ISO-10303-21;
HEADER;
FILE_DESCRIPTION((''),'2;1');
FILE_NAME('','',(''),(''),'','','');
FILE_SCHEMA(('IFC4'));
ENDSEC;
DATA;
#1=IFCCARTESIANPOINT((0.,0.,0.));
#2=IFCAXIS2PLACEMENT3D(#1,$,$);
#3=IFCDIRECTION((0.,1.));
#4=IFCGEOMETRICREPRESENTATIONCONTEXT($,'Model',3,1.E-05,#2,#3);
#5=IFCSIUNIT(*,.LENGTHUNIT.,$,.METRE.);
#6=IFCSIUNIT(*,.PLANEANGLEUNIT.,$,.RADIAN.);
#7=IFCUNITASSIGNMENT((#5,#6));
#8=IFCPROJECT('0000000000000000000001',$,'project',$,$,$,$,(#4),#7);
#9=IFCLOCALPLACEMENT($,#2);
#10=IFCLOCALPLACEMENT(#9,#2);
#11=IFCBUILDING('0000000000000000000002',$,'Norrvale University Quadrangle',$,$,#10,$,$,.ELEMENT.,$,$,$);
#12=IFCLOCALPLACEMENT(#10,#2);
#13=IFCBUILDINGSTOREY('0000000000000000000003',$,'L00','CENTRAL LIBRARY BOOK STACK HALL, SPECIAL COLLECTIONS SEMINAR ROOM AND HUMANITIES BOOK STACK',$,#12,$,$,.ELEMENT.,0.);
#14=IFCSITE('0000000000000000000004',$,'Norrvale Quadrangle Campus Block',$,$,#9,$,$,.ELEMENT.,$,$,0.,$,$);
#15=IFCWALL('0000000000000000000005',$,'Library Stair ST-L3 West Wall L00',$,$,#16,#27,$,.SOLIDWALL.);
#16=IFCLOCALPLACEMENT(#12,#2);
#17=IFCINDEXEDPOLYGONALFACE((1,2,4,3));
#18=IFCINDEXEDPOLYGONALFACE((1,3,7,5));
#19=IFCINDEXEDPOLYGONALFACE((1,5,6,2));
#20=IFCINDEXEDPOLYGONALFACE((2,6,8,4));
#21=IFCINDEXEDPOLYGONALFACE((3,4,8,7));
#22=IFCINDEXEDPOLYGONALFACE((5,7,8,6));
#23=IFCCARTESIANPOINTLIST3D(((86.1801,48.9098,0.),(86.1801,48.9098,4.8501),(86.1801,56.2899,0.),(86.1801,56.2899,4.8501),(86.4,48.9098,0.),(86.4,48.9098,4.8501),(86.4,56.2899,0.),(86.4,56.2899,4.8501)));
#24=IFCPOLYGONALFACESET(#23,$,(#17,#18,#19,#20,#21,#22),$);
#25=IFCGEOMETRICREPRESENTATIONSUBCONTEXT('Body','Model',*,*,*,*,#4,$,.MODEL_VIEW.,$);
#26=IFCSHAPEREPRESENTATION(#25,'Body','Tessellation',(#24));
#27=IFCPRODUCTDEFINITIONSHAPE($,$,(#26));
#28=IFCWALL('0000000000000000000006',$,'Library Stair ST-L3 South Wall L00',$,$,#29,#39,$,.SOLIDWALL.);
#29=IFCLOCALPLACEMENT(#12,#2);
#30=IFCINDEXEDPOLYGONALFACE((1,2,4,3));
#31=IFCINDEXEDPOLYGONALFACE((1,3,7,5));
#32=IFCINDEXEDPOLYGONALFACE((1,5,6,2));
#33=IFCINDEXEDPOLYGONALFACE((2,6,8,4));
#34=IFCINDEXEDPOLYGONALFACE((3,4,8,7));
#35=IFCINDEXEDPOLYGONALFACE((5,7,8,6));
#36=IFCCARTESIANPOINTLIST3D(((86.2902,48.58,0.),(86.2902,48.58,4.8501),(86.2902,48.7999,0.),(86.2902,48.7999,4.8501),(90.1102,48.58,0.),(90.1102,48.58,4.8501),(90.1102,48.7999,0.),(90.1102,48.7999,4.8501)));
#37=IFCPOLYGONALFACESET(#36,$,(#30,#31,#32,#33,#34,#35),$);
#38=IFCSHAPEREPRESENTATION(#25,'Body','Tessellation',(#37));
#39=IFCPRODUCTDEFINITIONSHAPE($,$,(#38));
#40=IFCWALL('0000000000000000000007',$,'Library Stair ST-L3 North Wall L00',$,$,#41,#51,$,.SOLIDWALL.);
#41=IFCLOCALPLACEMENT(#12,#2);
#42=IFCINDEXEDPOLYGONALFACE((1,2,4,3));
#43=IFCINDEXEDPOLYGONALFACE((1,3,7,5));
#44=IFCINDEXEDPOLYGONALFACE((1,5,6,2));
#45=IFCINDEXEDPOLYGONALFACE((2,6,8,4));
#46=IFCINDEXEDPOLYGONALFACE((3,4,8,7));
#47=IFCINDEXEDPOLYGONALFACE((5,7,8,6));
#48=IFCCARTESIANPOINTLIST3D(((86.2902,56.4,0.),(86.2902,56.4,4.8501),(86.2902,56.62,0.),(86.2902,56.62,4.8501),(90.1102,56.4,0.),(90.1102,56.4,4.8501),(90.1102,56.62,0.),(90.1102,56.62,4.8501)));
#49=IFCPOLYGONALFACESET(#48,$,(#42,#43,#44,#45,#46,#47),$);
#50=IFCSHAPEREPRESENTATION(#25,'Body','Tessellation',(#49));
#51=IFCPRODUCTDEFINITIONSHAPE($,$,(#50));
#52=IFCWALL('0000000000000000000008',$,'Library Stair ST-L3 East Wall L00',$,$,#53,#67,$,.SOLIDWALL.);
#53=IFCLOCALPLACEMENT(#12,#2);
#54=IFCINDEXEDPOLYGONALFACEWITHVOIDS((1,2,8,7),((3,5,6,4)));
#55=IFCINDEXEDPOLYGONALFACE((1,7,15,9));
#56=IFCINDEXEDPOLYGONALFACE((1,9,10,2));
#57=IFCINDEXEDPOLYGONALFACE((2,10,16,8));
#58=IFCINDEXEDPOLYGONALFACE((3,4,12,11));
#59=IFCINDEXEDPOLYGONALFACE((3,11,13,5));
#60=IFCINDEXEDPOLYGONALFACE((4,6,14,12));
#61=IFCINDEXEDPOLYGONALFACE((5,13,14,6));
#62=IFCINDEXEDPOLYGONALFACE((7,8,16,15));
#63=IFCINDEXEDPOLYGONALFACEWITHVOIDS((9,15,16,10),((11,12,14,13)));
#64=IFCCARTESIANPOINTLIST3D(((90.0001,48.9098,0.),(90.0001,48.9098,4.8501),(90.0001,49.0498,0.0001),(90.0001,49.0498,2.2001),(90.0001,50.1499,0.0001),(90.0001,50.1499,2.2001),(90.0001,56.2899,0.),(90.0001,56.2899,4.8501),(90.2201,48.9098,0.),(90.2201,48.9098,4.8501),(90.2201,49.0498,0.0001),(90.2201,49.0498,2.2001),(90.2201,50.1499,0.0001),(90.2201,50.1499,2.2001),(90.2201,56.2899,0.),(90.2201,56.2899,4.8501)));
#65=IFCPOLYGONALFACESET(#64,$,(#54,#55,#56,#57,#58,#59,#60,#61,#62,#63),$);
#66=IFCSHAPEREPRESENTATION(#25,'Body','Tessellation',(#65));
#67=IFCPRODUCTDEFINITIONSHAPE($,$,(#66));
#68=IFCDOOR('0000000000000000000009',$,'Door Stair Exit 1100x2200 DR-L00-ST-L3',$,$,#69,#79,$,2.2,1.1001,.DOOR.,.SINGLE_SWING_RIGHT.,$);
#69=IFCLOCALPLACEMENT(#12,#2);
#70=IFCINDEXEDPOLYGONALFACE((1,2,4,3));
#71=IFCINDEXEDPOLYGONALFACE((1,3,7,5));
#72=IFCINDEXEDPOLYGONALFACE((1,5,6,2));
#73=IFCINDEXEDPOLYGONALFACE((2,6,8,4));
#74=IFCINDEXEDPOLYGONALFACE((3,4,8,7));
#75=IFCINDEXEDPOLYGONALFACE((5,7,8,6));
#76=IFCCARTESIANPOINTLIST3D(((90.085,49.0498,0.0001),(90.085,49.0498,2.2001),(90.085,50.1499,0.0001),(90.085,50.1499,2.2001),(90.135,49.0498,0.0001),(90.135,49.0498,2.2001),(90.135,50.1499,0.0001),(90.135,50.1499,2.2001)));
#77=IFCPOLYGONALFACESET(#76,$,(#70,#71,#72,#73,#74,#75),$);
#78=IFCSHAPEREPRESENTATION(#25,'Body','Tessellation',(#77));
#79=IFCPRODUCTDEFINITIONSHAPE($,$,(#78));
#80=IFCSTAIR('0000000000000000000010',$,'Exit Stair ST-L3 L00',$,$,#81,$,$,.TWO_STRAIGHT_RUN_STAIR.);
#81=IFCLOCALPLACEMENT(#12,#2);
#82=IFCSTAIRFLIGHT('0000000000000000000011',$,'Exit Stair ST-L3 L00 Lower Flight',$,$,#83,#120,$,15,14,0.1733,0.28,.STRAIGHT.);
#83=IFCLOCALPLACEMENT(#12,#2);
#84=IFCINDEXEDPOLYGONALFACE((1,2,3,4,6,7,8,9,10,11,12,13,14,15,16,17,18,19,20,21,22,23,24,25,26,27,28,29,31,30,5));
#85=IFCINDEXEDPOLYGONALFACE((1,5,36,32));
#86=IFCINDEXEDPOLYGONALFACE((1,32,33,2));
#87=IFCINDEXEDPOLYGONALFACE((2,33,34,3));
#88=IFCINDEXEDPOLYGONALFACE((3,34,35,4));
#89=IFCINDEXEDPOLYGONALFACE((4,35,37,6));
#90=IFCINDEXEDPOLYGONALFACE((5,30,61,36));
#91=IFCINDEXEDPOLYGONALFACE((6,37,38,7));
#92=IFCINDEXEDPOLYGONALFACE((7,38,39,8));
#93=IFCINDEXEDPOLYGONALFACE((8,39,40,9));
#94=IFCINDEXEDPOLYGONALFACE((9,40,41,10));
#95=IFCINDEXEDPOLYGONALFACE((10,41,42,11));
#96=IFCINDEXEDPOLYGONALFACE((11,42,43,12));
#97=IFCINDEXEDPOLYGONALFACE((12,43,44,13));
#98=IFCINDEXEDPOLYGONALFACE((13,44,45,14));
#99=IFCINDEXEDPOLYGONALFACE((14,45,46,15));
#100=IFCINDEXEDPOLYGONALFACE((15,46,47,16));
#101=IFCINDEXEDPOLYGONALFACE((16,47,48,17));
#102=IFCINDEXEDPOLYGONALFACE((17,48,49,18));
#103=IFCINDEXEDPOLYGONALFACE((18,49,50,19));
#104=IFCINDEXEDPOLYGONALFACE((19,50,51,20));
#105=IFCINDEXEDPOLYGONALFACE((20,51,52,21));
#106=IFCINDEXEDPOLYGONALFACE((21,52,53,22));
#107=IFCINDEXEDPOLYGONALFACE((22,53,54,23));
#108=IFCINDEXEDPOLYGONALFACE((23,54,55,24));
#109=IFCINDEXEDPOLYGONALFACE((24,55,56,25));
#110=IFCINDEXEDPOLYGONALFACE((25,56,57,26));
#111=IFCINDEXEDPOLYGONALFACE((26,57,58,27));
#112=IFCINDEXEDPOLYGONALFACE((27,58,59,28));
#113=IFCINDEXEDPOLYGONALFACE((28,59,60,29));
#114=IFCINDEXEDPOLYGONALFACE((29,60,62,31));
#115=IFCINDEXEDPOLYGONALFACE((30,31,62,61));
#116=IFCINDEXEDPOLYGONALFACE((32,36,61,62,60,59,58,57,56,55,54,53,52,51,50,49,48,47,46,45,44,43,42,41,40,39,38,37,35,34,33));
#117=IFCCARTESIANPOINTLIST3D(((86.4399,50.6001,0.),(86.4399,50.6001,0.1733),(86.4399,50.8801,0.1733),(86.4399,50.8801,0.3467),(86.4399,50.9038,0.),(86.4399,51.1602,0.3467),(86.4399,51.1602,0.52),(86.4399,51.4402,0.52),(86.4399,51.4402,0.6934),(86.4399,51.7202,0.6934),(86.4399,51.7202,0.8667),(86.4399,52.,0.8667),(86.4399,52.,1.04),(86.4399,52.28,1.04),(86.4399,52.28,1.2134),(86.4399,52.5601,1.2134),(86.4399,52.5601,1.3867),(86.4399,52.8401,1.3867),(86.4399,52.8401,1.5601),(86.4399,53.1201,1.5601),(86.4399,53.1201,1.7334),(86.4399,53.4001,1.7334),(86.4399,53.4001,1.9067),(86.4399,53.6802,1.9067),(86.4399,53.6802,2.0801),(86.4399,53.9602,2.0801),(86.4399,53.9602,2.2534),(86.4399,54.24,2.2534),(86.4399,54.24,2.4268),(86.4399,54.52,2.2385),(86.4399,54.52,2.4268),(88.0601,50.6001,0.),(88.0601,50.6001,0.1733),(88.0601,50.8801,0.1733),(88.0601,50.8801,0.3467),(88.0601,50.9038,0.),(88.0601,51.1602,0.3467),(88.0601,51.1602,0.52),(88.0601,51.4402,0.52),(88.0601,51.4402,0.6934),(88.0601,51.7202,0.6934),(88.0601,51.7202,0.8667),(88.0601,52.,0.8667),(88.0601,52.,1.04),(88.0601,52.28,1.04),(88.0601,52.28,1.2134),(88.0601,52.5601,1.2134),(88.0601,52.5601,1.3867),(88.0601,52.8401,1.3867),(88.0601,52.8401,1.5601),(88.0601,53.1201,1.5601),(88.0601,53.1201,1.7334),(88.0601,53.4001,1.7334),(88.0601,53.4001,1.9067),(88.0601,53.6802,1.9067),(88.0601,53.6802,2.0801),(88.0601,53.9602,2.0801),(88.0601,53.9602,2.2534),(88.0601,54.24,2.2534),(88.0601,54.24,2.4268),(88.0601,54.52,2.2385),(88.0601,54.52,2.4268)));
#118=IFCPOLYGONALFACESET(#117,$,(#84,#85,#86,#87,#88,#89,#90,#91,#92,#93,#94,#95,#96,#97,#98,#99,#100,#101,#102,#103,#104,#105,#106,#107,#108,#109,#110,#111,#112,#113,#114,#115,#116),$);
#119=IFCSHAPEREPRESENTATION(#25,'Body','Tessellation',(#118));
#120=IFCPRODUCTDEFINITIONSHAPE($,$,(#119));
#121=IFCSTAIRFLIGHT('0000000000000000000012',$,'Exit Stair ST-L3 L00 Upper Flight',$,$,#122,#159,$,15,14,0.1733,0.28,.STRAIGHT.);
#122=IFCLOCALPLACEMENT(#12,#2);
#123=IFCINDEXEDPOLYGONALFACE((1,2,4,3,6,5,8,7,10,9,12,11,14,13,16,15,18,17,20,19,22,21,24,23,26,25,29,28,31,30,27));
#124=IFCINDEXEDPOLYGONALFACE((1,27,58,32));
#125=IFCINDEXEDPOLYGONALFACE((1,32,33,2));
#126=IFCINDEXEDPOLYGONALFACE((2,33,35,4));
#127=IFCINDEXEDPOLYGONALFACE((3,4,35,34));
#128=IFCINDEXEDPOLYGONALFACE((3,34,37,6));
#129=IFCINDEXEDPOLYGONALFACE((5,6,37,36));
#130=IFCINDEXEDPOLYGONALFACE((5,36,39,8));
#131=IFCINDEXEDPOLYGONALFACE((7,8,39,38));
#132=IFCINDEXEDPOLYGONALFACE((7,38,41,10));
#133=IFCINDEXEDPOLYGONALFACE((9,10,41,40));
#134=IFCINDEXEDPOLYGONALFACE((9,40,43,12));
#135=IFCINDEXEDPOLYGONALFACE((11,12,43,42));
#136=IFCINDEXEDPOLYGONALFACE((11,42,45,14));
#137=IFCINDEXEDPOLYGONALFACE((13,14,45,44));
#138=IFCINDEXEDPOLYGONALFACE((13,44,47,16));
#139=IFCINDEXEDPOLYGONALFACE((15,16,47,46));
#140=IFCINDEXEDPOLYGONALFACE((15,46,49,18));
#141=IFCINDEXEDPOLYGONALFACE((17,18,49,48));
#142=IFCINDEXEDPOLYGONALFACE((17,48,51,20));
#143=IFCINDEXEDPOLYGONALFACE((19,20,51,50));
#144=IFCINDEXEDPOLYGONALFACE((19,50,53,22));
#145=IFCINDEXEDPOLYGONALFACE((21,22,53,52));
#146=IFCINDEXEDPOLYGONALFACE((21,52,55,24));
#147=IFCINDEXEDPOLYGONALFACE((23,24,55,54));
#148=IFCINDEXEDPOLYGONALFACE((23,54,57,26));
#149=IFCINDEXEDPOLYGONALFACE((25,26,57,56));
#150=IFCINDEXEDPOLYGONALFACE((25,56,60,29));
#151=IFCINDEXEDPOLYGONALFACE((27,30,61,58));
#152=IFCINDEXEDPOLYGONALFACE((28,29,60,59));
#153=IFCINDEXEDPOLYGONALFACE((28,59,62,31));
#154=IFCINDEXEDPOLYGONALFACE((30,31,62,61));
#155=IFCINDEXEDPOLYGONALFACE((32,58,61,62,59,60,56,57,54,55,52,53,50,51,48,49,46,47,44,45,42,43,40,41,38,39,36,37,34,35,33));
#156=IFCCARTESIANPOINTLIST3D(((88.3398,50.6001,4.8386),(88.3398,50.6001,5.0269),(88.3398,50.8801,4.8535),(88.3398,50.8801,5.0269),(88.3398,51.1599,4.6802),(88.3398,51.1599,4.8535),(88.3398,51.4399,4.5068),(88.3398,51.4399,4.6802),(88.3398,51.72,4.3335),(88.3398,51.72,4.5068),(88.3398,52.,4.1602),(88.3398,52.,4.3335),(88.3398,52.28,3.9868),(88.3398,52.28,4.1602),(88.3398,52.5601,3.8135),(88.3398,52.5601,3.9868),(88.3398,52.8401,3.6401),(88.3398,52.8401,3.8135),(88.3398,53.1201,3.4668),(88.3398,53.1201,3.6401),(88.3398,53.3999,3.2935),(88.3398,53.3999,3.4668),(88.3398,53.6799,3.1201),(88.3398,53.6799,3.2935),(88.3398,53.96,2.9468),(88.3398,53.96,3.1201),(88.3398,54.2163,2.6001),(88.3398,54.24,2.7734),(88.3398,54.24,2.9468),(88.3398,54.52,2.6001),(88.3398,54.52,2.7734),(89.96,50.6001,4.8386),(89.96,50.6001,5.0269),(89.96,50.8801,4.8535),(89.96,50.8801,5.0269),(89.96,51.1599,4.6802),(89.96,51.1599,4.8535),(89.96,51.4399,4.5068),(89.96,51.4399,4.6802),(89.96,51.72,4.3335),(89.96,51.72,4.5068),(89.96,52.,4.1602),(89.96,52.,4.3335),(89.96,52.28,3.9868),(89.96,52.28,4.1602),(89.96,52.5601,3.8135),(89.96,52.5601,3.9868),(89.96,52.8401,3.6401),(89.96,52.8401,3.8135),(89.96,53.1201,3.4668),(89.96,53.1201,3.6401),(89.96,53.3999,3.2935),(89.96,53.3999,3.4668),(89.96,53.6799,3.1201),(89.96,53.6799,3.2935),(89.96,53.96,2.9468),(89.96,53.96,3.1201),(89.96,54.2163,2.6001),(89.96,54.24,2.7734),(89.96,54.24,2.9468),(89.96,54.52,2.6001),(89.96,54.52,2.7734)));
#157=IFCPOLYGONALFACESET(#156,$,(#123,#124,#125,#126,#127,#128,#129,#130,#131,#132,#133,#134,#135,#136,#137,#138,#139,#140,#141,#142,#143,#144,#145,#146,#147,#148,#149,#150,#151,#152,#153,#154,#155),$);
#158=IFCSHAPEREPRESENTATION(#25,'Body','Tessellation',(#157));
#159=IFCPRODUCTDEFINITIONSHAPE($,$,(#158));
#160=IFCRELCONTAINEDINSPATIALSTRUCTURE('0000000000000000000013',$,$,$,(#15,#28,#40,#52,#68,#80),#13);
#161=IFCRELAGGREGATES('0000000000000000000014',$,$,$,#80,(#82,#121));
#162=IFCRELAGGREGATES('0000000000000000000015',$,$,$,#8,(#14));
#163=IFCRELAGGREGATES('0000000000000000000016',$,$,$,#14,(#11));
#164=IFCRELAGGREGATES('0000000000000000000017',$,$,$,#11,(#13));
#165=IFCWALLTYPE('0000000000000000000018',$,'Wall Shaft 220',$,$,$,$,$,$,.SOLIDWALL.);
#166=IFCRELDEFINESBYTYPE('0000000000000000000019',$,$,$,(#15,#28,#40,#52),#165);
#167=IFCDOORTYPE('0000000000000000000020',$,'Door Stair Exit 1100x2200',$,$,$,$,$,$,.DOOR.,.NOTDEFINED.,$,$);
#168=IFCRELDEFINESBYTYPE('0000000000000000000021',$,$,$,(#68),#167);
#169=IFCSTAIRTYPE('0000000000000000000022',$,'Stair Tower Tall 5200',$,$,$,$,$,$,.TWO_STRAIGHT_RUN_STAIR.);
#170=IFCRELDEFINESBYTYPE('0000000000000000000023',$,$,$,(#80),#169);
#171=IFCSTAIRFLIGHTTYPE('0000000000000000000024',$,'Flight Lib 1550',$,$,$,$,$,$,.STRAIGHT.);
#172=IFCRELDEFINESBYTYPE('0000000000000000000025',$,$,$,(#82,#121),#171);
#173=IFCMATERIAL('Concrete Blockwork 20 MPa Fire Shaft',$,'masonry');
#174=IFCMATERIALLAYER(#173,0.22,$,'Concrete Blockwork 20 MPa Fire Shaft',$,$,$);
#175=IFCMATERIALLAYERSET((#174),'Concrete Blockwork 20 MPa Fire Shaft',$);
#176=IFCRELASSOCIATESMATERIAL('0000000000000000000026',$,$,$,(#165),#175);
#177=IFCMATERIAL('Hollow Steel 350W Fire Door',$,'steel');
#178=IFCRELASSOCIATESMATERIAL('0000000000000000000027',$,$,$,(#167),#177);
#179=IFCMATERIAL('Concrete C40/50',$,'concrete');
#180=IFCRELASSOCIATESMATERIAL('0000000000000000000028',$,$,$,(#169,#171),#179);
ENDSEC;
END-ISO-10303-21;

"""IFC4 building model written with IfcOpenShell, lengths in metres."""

from ifc_helpers import new_model, si_unit, direction, frame, frame_2d, origin, place, context, subcontext, project, spatial, polyline, rectangle, outline, extrude, material, layer, layer_set, type_object, element, fill, aggregate, save


model = new_model("IFC4")

# Units and contexts
model_context = context("Model", 3, precision=1e-05, world=origin(), true_north=direction((0.0, 1.0)))
body_context = subcontext(model_context, "Body", "Model", "MODEL_VIEW")
ifc_project = project(units=[si_unit("LENGTHUNIT", "METRE"), si_unit("PLANEANGLEUNIT", "RADIAN")], contexts=[model_context])

# Site, building, storey
site_placement = place(None, origin())
site = spatial("IfcSite", under=ifc_project, at=site_placement, Name="Norrvale Quadrangle Campus Block", CompositionType="ELEMENT", RefElevation=0.0)
building_placement = place(site_placement, origin())
building = spatial("IfcBuilding", under=site, at=building_placement, Name="Norrvale University Quadrangle", CompositionType="ELEMENT")
storey_placement = place(building_placement, origin())
storey = spatial("IfcBuildingStorey", under=building, at=storey_placement, Name="L00", Description="CENTRAL LIBRARY BOOK STACK HALL, SPECIAL COLLECTIONS SEMINAR ROOM AND HUMANITIES BOOK STACK", CompositionType="ELEMENT", Elevation=0.0)

# Walls
ifc_material_1 = material(Name="Concrete Blockwork 20 MPa Fire Shaft", Category="masonry")
ifc_layer_1 = layer(ifc_material_1, 0.22, Name="Concrete Blockwork 20 MPa Fire Shaft")
ifc_layer_set_1 = layer_set([ifc_layer_1], Name="Concrete Blockwork 20 MPa Fire Shaft")
wall_type_1 = type_object("IfcWallType", Name="Wall Shaft 220", PredefinedType="SOLIDWALL", material=ifc_layer_set_1)
wall_1_placement = place(storey_placement, frame((86.29, 48.9099, 0.0), z_axis=(0.0, 0.0, 1.0), x_axis=(0.0, 1.0, 0.0)))
element("IfcWall", 1, at=wall_1_placement, inside=storey, type_object=wall_type_1, Name="Library Stair ST-L3 West Wall L00", PredefinedType="SOLIDWALL", context=body_context, shape_type="SweptSolid", body=[
    extrude(rectangle(XDim=7.3801, YDim=0.22, at=frame_2d((3.6899, 0.0))), origin(), (0.0, 0.0, 1.0), 4.8501),
])
for number, where, z_axis, x_axis, name in (
    (2, (86.29, 48.6899, 0.0), (0.0, 0.0, 1.0), (1.0, 0.0, 0.0), "Library Stair ST-L3 South Wall L00"),
    (3, (86.29, 56.51, 0.0), (0.0, 0.0, 1.0), (1.0, 0.0, 0.0), "Library Stair ST-L3 North Wall L00"),
):
    element("IfcWall", number, at=place(storey_placement, frame(where, z_axis=z_axis, x_axis=x_axis)), inside=storey, type_object=wall_type_1, Name=name, PredefinedType="SOLIDWALL", context=body_context, shape_type="SweptSolid", body=[
        extrude(rectangle(XDim=3.8201, YDim=0.22, at=frame_2d((1.9102, 0.0))), origin(), (0.0, 0.0, 1.0), 4.8501),
    ])

# Wall, opening, door
wall_2_placement = place(storey_placement, frame((90.1101, 48.9099, 0.0), z_axis=(0.0, 0.0, 1.0), x_axis=(0.0, 1.0, 0.0)))
wall_2 = element("IfcWall", 4, at=wall_2_placement, inside=storey, type_object=wall_type_1, Name="Library Stair ST-L3 East Wall L00", PredefinedType="SOLIDWALL", context=body_context, shape_type="SweptSolid", body=[
    extrude(rectangle(XDim=7.3801, YDim=0.22, at=frame_2d((3.6899, 0.0))), origin(), (0.0, 0.0, 1.0), 4.8501),
])
opening_1_placement = place(wall_2_placement, frame((0.1399, 0.0, 0.0)))
opening_1 = element("IfcOpeningElement", 5, at=opening_1_placement, cuts=wall_2, PredefinedType="OPENING", context=body_context, shape_type="SweptSolid", body=[
    extrude(rectangle(XDim=1.1001, YDim=2.2, at=frame_2d((0.55, 1.1001))), frame((0.0, 0.1221, 0.0), z_axis=(0.0, -1.0, 0.0), x_axis=(1.0, 0.0, 0.0)), (0.0, 0.0, 1.0), 0.2439),
])
ifc_material_2 = material(Name="Hollow Steel 350W Fire Door", Category="steel")
door_type_1 = type_object("IfcDoorType", Name="Door Stair Exit 1100x2200", OperationType="NOTDEFINED", PredefinedType="DOOR", material=ifc_material_2)
door_1_placement = place(opening_1_placement, frame((1.1001, 0.0, 0.0), z_axis=(0.0, 0.0, 1.0), x_axis=(-1.0, 0.0, 0.0)))
door_1 = element("IfcDoor", 6, at=door_1_placement, inside=storey, type_object=door_type_1, Name="Door Stair Exit 1100x2200 DR-L00-ST-L3", OperationType="SINGLE_SWING_RIGHT", OverallHeight=2.2, OverallWidth=1.1001, PredefinedType="DOOR", context=body_context, shape_type="SweptSolid", body=[
    extrude(rectangle(XDim=1.1001, YDim=2.2, at=frame_2d((0.55, 1.1001))), frame((0.0, 0.0249, 0.0), z_axis=(0.0, -1.0, 0.0), x_axis=(1.0, 0.0, 0.0)), (0.0, 0.0, 1.0), 0.05),
])
fill(opening_1, door_1)

# Stair, stair flights
ifc_material_3 = material(Name="Concrete C40/50", Category="concrete")
stair_type = type_object("IfcStairType", Name="Stair Tower Tall 5200", PredefinedType="TWO_STRAIGHT_RUN_STAIR", material=ifc_material_3)
stair_placement = place(storey_placement, origin())
stair = element("IfcStair", 7, at=stair_placement, inside=storey, type_object=stair_type, Name="Exit Stair ST-L3 L00", PredefinedType="TWO_STRAIGHT_RUN_STAIR")
stair_flight_type = type_object("IfcStairFlightType", Name="Flight Lib 1550", PredefinedType="STRAIGHT", material=ifc_material_3)
stair_flight_1_placement = place(storey_placement, frame((87.25, 50.6001, 0.0), z_axis=(0.0, 0.0, 1.0), x_axis=(0.0, 1.0, 0.0)))
stair_flight_1 = element("IfcStairFlight", 8, at=stair_flight_1_placement, type_object=stair_flight_type, Name="Exit Stair ST-L3 L00 Lower Flight", NumberOfRisers=15, NumberOfTreads=14, PredefinedType="STRAIGHT", RiserHeight=0.1733, TreadLength=0.28, context=body_context, shape_type="SweptSolid", body=[
    extrude(outline(polyline([(0.0, 0.0), (0.0, 0.1733), (0.28, 0.1733), (0.28, 0.3467), (0.5601, 0.3467), (0.5601, 0.52), (0.8401, 0.52), (0.8401, 0.6934), (1.1201, 0.6934), (1.1201, 0.8667), (1.3999, 0.8667), (1.3999, 1.04), (1.6799, 1.04), (1.6799, 1.2134), (1.96, 1.2134), (1.96, 1.3867), (2.24, 1.3867), (2.24, 1.5601), (2.52, 1.5601), (2.52, 1.7334), (2.8, 1.7334), (2.8, 1.9067), (3.0801, 1.9067), (3.0801, 2.0801), (3.3601, 2.0801), (3.3601, 2.2534), (3.6399, 2.2534), (3.6399, 2.4268), (3.9199, 2.4268), (3.9199, 2.6001), (3.9199, 2.2385), (0.3037, 0.0), (0.0, 0.0)])), frame((0.0, 0.8101, 0.0), z_axis=(0.0, -1.0, 0.0), x_axis=(1.0, 0.0, 0.0)), (0.0, 0.0, 1.0), 1.6201),
])
stair_flight_2_placement = place(storey_placement, frame((89.1499, 54.52, 2.6001), z_axis=(0.0, 0.0, 1.0), x_axis=(0.0, -1.0, 0.0)))
stair_flight_2 = element("IfcStairFlight", 9, at=stair_flight_2_placement, type_object=stair_flight_type, Name="Exit Stair ST-L3 L00 Upper Flight", NumberOfRisers=15, NumberOfTreads=14, PredefinedType="STRAIGHT", RiserHeight=0.1733, TreadLength=0.28, context=body_context, shape_type="SweptSolid", body=[
    extrude(outline(polyline([(0.0, 0.0), (0.0, 0.1733), (0.28, 0.1733), (0.28, 0.3467), (0.5601, 0.3467), (0.5601, 0.52), (0.8401, 0.52), (0.8401, 0.6934), (1.1201, 0.6934), (1.1201, 0.8667), (1.3999, 0.8667), (1.3999, 1.04), (1.6799, 1.04), (1.6799, 1.2134), (1.96, 1.2134), (1.96, 1.3867), (2.24, 1.3867), (2.24, 1.5601), (2.52, 1.5601), (2.52, 1.7334), (2.8, 1.7334), (2.8, 1.9067), (3.0801, 1.9067), (3.0801, 2.0801), (3.3601, 2.0801), (3.3601, 2.2534), (3.6399, 2.2534), (3.6399, 2.4268), (3.9199, 2.4268), (3.9199, 2.6001), (3.9199, 2.2385), (0.3037, 0.0), (0.0, 0.0)])), frame((0.0, 0.8101, 0.0), z_axis=(0.0, -1.0, 0.0), x_axis=(1.0, 0.0, 0.0)), (0.0, 0.0, 1.0), 1.6201),
])
aggregate(stair, [stair_flight_1, stair_flight_2])

save(model, "model.ifc")
